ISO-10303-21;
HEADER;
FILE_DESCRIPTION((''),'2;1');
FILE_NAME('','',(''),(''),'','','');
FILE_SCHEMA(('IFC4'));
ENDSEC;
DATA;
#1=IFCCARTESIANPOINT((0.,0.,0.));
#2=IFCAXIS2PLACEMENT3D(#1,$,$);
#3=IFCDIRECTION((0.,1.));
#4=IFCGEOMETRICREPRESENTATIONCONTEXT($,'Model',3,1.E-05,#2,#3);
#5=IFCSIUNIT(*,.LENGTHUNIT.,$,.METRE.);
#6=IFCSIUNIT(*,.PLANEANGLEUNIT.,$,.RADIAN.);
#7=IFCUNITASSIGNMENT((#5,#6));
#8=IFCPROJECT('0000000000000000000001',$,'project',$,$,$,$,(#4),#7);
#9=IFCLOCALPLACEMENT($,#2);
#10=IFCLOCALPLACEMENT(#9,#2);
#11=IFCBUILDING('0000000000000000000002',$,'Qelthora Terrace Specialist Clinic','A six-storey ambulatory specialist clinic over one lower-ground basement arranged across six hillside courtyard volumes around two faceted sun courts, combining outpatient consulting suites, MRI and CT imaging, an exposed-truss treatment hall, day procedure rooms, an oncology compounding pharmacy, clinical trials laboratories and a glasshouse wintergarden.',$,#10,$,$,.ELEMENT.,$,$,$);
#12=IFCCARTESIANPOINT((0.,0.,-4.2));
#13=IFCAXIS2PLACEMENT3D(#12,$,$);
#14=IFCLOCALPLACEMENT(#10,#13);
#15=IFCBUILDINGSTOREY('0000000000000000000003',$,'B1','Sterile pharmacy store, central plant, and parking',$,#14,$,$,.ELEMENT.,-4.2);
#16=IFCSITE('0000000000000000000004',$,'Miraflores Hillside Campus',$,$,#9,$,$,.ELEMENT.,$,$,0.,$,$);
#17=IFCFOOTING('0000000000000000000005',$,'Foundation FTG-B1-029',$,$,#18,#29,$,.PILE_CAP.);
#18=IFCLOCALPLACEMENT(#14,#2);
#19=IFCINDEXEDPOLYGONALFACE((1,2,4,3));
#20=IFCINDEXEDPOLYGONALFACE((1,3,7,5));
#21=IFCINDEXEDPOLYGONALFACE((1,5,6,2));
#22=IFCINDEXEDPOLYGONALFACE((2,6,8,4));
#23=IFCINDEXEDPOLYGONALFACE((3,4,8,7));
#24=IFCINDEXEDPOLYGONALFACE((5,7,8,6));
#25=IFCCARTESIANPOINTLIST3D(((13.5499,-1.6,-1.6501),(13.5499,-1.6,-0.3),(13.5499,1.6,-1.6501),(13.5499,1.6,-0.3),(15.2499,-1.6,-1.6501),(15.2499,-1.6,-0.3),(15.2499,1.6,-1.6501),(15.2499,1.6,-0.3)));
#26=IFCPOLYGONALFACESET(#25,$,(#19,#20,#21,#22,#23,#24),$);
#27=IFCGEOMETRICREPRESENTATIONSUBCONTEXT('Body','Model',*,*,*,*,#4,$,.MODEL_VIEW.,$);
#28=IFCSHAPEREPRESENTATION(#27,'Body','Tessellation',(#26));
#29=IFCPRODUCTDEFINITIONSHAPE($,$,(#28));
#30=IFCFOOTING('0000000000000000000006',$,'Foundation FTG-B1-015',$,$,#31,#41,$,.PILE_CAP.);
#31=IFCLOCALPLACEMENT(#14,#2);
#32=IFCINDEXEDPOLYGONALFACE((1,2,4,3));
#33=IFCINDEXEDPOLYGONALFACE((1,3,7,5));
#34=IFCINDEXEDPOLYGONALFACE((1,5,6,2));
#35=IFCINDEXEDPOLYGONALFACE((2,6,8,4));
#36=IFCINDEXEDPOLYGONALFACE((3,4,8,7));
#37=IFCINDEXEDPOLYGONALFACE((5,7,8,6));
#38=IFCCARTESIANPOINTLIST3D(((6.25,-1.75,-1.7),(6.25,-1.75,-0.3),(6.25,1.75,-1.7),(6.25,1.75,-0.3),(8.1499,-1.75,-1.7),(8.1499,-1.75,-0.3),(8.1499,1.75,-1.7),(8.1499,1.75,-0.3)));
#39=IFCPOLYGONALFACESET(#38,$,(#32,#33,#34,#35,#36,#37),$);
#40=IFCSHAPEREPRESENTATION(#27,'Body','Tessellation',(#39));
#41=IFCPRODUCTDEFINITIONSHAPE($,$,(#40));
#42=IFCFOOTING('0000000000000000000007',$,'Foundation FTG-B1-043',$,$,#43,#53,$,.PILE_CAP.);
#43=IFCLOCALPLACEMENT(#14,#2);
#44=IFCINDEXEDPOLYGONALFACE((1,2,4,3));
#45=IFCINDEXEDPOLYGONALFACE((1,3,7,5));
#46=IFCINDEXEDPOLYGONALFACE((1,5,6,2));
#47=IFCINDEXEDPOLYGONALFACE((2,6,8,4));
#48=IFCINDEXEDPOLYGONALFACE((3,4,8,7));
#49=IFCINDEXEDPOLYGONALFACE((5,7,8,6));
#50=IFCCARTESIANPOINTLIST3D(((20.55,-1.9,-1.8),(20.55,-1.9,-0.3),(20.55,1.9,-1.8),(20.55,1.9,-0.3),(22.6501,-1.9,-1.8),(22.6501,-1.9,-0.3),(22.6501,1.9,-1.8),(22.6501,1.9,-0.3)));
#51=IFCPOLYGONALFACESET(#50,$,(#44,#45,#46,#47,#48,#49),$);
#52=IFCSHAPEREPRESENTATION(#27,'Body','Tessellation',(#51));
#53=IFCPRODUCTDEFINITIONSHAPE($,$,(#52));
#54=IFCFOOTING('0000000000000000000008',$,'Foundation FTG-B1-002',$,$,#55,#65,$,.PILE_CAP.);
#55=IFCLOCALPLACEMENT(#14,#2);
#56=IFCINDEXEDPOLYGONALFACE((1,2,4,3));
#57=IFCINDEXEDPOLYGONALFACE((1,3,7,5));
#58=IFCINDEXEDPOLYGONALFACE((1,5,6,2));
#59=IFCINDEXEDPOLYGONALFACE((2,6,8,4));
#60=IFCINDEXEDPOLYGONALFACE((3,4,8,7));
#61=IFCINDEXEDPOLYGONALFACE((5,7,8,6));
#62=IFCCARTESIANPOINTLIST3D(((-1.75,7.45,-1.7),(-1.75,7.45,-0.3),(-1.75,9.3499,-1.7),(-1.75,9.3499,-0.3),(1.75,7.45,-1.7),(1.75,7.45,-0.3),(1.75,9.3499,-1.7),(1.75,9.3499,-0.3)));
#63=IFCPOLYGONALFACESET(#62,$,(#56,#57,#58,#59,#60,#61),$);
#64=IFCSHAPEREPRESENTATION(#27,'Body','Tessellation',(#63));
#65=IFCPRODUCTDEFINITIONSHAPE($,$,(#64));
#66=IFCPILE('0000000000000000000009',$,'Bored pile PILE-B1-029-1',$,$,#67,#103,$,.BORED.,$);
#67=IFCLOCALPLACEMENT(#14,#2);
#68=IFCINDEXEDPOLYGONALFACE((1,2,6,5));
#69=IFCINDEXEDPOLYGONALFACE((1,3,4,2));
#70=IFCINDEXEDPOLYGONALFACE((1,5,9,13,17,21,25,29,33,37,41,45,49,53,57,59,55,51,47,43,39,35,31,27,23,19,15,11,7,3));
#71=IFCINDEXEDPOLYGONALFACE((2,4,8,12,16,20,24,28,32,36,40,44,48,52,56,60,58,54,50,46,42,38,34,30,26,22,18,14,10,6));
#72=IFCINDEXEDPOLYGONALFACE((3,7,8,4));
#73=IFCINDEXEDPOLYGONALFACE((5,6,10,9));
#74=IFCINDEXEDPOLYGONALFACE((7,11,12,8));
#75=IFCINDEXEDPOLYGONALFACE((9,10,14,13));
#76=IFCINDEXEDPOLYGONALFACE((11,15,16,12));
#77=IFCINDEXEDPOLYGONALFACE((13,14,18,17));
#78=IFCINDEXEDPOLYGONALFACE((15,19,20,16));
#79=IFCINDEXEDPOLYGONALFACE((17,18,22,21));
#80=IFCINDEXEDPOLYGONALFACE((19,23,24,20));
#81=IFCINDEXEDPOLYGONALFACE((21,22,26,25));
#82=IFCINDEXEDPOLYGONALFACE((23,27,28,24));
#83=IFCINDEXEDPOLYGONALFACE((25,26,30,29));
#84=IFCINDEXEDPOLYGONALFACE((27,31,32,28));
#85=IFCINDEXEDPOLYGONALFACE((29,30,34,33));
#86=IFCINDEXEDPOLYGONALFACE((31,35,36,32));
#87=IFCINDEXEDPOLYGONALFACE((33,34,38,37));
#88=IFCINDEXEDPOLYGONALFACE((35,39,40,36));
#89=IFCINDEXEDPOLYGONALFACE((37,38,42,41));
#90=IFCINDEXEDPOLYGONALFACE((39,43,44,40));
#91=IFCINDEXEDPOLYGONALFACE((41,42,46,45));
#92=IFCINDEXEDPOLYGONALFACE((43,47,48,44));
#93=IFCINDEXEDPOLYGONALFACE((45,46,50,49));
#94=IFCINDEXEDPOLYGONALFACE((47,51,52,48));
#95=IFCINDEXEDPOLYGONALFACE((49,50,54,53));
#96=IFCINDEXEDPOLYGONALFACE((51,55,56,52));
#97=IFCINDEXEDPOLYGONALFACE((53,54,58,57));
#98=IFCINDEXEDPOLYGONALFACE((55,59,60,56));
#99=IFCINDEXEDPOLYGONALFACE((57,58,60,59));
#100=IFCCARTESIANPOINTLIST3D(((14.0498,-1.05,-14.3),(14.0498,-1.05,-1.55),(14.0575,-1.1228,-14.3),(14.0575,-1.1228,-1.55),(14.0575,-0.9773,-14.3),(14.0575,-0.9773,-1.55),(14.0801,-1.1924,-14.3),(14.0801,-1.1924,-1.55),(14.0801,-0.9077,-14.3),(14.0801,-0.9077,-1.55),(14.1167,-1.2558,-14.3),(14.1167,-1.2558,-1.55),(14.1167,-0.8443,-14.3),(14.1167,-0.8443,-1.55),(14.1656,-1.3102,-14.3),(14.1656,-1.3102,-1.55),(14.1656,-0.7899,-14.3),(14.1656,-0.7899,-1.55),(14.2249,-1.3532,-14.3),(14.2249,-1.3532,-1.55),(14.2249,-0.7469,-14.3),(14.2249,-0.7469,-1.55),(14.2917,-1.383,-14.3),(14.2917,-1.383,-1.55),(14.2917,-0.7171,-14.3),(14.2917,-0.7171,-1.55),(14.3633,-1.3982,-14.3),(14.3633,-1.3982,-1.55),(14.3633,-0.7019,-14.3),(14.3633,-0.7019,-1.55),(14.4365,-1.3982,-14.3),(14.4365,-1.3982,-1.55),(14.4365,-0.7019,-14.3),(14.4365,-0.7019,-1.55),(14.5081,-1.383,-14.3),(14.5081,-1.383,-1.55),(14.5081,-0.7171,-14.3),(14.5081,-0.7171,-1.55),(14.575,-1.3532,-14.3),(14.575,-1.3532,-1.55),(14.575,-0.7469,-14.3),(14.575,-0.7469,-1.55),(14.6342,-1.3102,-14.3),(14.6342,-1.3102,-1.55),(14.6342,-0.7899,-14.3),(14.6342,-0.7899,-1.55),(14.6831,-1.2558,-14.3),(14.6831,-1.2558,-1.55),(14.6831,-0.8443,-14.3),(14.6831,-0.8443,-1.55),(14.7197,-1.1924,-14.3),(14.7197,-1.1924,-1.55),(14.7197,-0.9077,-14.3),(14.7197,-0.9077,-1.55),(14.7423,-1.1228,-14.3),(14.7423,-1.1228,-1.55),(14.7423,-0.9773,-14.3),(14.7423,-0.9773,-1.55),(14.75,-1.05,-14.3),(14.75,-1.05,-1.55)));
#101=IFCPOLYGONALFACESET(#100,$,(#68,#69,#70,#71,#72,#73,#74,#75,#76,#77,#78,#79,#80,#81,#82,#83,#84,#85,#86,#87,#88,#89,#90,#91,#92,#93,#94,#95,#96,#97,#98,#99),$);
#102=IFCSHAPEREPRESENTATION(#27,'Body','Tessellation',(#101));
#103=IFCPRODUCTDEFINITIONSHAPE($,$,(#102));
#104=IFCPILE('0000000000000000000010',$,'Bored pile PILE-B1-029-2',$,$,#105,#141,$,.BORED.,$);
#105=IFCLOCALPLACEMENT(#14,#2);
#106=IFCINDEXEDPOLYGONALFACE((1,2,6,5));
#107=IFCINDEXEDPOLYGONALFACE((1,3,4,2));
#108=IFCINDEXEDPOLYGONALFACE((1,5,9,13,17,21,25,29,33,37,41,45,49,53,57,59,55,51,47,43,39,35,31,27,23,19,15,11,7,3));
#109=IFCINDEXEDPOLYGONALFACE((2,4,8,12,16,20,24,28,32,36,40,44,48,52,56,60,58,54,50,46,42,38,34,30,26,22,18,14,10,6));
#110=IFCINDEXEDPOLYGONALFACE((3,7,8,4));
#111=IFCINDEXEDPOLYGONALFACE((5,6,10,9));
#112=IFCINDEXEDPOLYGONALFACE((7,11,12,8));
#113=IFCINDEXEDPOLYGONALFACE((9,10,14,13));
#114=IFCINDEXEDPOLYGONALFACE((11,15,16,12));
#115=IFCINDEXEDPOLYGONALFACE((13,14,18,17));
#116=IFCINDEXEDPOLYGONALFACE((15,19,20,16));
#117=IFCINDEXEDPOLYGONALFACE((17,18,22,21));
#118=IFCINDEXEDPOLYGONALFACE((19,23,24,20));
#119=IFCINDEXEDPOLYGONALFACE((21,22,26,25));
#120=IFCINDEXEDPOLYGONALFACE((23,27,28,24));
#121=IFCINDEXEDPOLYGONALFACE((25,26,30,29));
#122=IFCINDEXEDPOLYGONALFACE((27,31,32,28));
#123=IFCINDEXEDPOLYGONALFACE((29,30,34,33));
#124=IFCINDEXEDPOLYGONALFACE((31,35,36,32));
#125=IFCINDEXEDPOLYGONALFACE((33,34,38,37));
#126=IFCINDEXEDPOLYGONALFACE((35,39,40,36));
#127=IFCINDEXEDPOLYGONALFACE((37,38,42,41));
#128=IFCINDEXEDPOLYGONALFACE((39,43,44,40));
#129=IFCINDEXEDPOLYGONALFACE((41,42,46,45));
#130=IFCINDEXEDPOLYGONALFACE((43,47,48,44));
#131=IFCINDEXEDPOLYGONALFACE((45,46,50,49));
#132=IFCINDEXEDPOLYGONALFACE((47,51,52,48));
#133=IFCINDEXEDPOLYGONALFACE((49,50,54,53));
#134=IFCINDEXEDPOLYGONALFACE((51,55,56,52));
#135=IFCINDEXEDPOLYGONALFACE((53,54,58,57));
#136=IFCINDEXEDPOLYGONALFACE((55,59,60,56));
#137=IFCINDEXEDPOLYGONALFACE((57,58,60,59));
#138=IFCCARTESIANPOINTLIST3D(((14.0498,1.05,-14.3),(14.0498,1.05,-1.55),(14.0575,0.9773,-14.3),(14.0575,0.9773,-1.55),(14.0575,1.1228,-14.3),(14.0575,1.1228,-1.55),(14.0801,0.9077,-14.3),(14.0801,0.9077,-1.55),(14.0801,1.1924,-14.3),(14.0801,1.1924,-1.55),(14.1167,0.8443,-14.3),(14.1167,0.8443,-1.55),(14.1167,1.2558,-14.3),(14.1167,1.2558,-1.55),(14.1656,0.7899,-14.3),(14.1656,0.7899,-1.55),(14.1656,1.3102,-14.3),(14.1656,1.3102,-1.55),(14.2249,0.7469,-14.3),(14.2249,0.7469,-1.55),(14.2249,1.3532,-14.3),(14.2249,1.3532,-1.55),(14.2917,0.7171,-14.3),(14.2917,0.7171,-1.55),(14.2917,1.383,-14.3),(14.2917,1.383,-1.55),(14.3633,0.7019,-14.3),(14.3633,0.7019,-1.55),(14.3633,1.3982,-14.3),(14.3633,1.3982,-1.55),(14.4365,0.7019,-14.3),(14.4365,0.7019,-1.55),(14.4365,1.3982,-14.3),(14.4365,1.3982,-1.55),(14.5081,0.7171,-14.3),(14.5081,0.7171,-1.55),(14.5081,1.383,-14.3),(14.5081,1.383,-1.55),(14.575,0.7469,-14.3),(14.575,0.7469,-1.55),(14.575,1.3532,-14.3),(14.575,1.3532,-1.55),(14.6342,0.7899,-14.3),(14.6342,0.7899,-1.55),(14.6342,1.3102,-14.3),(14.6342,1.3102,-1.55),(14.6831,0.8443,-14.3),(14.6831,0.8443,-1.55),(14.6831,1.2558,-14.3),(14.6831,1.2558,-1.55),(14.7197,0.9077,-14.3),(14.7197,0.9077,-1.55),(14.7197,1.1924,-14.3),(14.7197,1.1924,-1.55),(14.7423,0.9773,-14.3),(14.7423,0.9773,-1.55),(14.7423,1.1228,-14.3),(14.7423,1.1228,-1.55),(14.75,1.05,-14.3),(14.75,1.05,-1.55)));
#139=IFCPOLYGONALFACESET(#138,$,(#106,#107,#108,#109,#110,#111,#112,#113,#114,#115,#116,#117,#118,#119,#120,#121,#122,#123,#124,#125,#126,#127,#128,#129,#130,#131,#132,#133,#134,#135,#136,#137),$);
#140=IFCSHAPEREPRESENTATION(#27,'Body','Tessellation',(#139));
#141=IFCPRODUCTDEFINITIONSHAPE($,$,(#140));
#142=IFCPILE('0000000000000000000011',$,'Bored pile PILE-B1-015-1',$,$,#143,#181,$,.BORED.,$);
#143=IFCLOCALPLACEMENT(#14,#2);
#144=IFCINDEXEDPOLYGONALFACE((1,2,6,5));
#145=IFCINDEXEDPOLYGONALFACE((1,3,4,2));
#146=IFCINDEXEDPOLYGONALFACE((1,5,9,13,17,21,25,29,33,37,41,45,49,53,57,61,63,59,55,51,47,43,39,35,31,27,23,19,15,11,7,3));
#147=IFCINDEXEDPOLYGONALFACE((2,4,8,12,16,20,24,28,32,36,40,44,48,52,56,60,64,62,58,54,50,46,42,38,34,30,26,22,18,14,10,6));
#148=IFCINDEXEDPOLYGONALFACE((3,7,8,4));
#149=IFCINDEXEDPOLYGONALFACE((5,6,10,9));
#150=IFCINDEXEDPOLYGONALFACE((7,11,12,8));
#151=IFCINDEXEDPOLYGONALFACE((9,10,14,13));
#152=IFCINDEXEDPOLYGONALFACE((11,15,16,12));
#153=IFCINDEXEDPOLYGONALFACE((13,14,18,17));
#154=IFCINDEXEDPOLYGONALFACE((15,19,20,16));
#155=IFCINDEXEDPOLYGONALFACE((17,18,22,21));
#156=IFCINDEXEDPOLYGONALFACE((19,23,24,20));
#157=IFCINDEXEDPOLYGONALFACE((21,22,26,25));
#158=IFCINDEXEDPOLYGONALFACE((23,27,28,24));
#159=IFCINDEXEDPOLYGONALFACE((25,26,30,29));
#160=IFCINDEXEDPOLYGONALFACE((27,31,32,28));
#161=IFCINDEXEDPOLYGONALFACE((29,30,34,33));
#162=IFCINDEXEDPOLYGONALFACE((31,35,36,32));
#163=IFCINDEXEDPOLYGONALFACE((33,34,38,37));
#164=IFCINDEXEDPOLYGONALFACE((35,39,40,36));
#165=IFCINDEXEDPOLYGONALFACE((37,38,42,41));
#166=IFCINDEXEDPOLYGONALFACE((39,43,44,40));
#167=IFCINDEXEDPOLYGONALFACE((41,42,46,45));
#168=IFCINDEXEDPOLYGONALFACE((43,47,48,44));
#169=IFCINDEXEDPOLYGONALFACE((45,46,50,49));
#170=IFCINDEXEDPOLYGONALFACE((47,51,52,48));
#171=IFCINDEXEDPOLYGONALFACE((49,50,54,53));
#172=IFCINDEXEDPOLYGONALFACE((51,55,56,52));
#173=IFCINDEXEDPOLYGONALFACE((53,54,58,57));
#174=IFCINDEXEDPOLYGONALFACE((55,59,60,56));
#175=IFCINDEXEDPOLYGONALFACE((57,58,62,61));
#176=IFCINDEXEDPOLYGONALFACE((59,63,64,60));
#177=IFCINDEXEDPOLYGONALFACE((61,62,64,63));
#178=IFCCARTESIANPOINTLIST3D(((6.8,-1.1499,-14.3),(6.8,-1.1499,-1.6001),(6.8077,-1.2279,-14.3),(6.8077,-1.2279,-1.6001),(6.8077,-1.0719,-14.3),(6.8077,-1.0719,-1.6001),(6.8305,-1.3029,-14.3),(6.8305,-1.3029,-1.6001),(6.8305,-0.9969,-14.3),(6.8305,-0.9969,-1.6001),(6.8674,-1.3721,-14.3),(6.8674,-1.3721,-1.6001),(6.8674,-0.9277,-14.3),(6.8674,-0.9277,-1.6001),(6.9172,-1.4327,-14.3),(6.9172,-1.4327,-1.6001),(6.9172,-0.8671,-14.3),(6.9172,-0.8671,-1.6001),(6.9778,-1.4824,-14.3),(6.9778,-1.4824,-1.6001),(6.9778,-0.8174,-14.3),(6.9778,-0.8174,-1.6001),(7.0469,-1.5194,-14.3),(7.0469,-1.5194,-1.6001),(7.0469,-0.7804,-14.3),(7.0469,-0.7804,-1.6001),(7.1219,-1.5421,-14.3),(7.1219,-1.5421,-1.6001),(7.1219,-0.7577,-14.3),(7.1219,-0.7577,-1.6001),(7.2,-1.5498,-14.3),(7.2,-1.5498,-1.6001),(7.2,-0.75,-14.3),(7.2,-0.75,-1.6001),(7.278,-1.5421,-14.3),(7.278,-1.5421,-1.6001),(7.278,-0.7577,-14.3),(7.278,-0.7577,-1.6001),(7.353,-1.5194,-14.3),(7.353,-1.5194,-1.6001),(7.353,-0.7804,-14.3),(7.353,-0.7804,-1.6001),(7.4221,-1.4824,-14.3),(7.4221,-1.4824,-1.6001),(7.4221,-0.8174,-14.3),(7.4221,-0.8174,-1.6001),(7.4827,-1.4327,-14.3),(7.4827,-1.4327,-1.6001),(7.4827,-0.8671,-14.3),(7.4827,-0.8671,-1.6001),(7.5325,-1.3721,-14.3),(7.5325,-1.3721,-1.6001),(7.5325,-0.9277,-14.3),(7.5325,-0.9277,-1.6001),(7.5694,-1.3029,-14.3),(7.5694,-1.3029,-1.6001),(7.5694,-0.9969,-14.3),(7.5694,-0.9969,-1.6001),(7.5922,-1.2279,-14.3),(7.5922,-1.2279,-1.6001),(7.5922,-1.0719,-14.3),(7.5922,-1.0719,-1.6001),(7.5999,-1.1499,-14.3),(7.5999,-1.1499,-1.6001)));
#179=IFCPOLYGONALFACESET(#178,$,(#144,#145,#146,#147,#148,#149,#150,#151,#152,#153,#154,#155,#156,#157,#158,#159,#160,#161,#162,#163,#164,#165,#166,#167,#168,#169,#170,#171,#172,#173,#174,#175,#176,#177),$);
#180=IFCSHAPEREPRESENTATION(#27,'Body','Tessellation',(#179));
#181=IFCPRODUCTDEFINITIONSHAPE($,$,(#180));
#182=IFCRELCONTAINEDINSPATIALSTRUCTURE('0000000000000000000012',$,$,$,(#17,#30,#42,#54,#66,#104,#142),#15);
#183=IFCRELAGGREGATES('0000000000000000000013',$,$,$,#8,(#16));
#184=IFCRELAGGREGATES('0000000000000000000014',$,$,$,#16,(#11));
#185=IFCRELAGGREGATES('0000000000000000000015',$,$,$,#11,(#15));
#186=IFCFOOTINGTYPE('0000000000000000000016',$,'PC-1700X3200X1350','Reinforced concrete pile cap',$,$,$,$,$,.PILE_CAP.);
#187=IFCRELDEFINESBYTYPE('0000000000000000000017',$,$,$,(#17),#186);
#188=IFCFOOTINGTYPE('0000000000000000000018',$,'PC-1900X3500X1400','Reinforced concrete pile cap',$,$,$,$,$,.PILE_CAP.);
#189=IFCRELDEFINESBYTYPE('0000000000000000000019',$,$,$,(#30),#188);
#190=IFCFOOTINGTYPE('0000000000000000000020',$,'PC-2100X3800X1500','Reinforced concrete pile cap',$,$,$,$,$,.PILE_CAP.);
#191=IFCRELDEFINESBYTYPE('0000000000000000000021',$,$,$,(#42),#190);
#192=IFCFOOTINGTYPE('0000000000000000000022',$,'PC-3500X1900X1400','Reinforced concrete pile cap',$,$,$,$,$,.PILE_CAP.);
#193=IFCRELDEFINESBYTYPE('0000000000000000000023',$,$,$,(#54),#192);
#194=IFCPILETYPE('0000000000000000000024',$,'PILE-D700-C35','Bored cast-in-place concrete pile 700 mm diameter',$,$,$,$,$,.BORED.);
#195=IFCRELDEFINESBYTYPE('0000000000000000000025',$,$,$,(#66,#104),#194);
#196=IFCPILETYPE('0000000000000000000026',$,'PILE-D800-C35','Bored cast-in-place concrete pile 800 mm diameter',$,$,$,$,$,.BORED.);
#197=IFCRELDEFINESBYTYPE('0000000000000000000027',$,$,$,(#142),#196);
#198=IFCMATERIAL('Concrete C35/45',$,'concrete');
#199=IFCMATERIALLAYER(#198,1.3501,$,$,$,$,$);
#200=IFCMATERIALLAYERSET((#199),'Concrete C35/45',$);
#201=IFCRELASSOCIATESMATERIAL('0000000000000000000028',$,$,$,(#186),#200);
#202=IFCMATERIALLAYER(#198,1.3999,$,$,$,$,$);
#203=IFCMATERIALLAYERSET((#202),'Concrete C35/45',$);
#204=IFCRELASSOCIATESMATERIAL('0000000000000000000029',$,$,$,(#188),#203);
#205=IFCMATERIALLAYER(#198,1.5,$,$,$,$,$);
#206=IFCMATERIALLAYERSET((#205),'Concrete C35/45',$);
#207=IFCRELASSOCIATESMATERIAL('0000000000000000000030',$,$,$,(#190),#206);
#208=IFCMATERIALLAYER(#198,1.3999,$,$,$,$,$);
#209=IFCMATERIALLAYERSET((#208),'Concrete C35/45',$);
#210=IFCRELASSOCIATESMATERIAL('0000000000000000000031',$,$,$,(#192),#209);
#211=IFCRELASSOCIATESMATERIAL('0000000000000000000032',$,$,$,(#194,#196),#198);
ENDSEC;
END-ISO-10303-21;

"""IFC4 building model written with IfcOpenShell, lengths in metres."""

from ifc_helpers import new_model, si_unit, direction, frame, origin, origin_2d, place, context, subcontext, project, spatial, rectangle, circle, extrude, material, layer, layer_set, material_profile, profile_set, type_object, element, save


model = new_model("IFC4")

# Units and contexts
model_context = context("Model", 3, precision=1e-05, world=origin(), true_north=direction((0.0, 1.0)))
body_context = subcontext(model_context, "Body", "Model", "MODEL_VIEW")
ifc_project = project(units=[si_unit("LENGTHUNIT", "METRE"), si_unit("PLANEANGLEUNIT", "RADIAN")], contexts=[model_context])

# Site, building, storey
site_placement = place(None, origin())
site = spatial("IfcSite", under=ifc_project, at=site_placement, Name="Miraflores Hillside Campus", CompositionType="ELEMENT", RefElevation=0.0)
building_placement = place(site_placement, origin())
building = spatial("IfcBuilding", under=site, at=building_placement, Name="Qelthora Terrace Specialist Clinic", Description="A six-storey ambulatory specialist clinic over one lower-ground basement arranged across six hillside courtyard volumes around two faceted sun courts, combining outpatient consulting suites, MRI and CT imaging, an exposed-truss treatment hall, day procedure rooms, an oncology compounding pharmacy, clinical trials laboratories and a glasshouse wintergarden.", CompositionType="ELEMENT")
storey_placement = place(building_placement, frame((0.0, 0.0, -4.2)))
storey = spatial("IfcBuildingStorey", under=building, at=storey_placement, Name="B1", Description="Sterile pharmacy store, central plant, and parking", CompositionType="ELEMENT", Elevation=-4.2)

# Footings
ifc_material_1 = material(Name="Concrete C35/45", Category="concrete")
ifc_layer_1 = layer(ifc_material_1, 1.3501)
ifc_layer_set_1 = layer_set([ifc_layer_1], Name="Concrete C35/45")
footing_type_1 = type_object("IfcFootingType", Name="PC-1700X3200X1350", Description="Reinforced concrete pile cap", PredefinedType="PILE_CAP", material=ifc_layer_set_1)
footing_1_placement = place(storey_placement, frame((14.3999, 0.0, -1.6501), z_axis=(0.0, 0.0, 1.0), x_axis=(1.0, 0.0, 0.0)))
element("IfcFooting", 1, at=footing_1_placement, inside=storey, type_object=footing_type_1, Name="Foundation FTG-B1-029", PredefinedType="PILE_CAP", context=body_context, shape_type="SweptSolid", body=[
    extrude(rectangle(XDim=1.7, YDim=3.2, at=origin_2d()), origin(), (0.0, 0.0, 1.0), 1.3501),
])
ifc_layer_2 = layer(ifc_material_1, 1.3999)
ifc_layer_set_2 = layer_set([ifc_layer_2], Name="Concrete C35/45")
footing_type_2 = type_object("IfcFootingType", Name="PC-1900X3500X1400", Description="Reinforced concrete pile cap", PredefinedType="PILE_CAP", material=ifc_layer_set_2)
footing_2_placement = place(storey_placement, frame((7.2, 0.0, -1.7), z_axis=(0.0, 0.0, 1.0), x_axis=(1.0, 0.0, 0.0)))
element("IfcFooting", 2, at=footing_2_placement, inside=storey, type_object=footing_type_2, Name="Foundation FTG-B1-015", PredefinedType="PILE_CAP", context=body_context, shape_type="SweptSolid", body=[
    extrude(rectangle(XDim=1.8999, YDim=3.5, at=origin_2d()), origin(), (0.0, 0.0, 1.0), 1.3999),
])
ifc_layer_3 = layer(ifc_material_1, 1.5)
ifc_layer_set_3 = layer_set([ifc_layer_3], Name="Concrete C35/45")
footing_type_3 = type_object("IfcFootingType", Name="PC-2100X3800X1500", Description="Reinforced concrete pile cap", PredefinedType="PILE_CAP", material=ifc_layer_set_3)
footing_3_placement = place(storey_placement, frame((21.6001, 0.0, -1.8), z_axis=(0.0, 0.0, 1.0), x_axis=(1.0, 0.0, 0.0)))
element("IfcFooting", 3, at=footing_3_placement, inside=storey, type_object=footing_type_3, Name="Foundation FTG-B1-043", PredefinedType="PILE_CAP", context=body_context, shape_type="SweptSolid", body=[
    extrude(rectangle(XDim=2.1001, YDim=3.8, at=origin_2d()), origin(), (0.0, 0.0, 1.0), 1.5),
])
ifc_layer_4 = layer(ifc_material_1, 1.3999)
ifc_layer_set_4 = layer_set([ifc_layer_4], Name="Concrete C35/45")
footing_type_4 = type_object("IfcFootingType", Name="PC-3500X1900X1400", Description="Reinforced concrete pile cap", PredefinedType="PILE_CAP", material=ifc_layer_set_4)
footing_4_placement = place(storey_placement, frame((0.0, 8.3999, -1.7), z_axis=(0.0, 0.0, 1.0), x_axis=(1.0, 0.0, 0.0)))
element("IfcFooting", 4, at=footing_4_placement, inside=storey, type_object=footing_type_4, Name="Foundation FTG-B1-002", PredefinedType="PILE_CAP", context=body_context, shape_type="SweptSolid", body=[
    extrude(rectangle(XDim=3.5, YDim=1.8999, at=origin_2d()), origin(), (0.0, 0.0, 1.0), 1.3999),
])

# Piles
ifc_material_profile_1 = material_profile(ifc_material_1, circle(Radius=0.3501, at=origin_2d()), Name="PILE700")
ifc_profile_set_1 = profile_set([ifc_material_profile_1], Name="Concrete C35/45")
pile_type_1 = type_object("IfcPileType", Name="PILE-D700-C35", Description="Bored cast-in-place concrete pile 700 mm diameter", PredefinedType="BORED", material=ifc_profile_set_1)
for number, where, z_axis, x_axis, name in (
    (5, (14.3999, -1.05, -1.55), (0.0, 0.0, -1.0), (1.0, 0.0, 0.0), "Bored pile PILE-B1-029-1"),
    (6, (14.3999, 1.05, -1.55), (0.0, 0.0, -1.0), (1.0, 0.0, 0.0), "Bored pile PILE-B1-029-2"),
):
    element("IfcPile", number, at=place(storey_placement, frame(where, z_axis=z_axis, x_axis=x_axis)), inside=storey, type_object=pile_type_1, Name=name, PredefinedType="BORED", context=body_context, shape_type="SweptSolid", body=[
        extrude(circle(Radius=0.3501, at=origin_2d()), origin(), (0.0, 0.0, 1.0), 12.75),
    ])
ifc_material_profile_2 = material_profile(ifc_material_1, circle(Radius=0.3999, at=origin_2d()), Name="PILE800")
ifc_profile_set_2 = profile_set([ifc_material_profile_2], Name="Concrete C35/45")
pile_type_2 = type_object("IfcPileType", Name="PILE-D800-C35", Description="Bored cast-in-place concrete pile 800 mm diameter", PredefinedType="BORED", material=ifc_profile_set_2)
for number, where, z_axis, x_axis, name in (
    (7, (7.2, -1.1499, -1.6001), (0.0, 0.0, -1.0), (1.0, 0.0, 0.0), "Bored pile PILE-B1-015-1"),
):
    element("IfcPile", number, at=place(storey_placement, frame(where, z_axis=z_axis, x_axis=x_axis)), inside=storey, type_object=pile_type_2, Name=name, PredefinedType="BORED", context=body_context, shape_type="SweptSolid", body=[
        extrude(circle(Radius=0.3999, at=origin_2d()), origin(), (0.0, 0.0, 1.0), 12.7),
    ])

save(model, "model.ifc")
